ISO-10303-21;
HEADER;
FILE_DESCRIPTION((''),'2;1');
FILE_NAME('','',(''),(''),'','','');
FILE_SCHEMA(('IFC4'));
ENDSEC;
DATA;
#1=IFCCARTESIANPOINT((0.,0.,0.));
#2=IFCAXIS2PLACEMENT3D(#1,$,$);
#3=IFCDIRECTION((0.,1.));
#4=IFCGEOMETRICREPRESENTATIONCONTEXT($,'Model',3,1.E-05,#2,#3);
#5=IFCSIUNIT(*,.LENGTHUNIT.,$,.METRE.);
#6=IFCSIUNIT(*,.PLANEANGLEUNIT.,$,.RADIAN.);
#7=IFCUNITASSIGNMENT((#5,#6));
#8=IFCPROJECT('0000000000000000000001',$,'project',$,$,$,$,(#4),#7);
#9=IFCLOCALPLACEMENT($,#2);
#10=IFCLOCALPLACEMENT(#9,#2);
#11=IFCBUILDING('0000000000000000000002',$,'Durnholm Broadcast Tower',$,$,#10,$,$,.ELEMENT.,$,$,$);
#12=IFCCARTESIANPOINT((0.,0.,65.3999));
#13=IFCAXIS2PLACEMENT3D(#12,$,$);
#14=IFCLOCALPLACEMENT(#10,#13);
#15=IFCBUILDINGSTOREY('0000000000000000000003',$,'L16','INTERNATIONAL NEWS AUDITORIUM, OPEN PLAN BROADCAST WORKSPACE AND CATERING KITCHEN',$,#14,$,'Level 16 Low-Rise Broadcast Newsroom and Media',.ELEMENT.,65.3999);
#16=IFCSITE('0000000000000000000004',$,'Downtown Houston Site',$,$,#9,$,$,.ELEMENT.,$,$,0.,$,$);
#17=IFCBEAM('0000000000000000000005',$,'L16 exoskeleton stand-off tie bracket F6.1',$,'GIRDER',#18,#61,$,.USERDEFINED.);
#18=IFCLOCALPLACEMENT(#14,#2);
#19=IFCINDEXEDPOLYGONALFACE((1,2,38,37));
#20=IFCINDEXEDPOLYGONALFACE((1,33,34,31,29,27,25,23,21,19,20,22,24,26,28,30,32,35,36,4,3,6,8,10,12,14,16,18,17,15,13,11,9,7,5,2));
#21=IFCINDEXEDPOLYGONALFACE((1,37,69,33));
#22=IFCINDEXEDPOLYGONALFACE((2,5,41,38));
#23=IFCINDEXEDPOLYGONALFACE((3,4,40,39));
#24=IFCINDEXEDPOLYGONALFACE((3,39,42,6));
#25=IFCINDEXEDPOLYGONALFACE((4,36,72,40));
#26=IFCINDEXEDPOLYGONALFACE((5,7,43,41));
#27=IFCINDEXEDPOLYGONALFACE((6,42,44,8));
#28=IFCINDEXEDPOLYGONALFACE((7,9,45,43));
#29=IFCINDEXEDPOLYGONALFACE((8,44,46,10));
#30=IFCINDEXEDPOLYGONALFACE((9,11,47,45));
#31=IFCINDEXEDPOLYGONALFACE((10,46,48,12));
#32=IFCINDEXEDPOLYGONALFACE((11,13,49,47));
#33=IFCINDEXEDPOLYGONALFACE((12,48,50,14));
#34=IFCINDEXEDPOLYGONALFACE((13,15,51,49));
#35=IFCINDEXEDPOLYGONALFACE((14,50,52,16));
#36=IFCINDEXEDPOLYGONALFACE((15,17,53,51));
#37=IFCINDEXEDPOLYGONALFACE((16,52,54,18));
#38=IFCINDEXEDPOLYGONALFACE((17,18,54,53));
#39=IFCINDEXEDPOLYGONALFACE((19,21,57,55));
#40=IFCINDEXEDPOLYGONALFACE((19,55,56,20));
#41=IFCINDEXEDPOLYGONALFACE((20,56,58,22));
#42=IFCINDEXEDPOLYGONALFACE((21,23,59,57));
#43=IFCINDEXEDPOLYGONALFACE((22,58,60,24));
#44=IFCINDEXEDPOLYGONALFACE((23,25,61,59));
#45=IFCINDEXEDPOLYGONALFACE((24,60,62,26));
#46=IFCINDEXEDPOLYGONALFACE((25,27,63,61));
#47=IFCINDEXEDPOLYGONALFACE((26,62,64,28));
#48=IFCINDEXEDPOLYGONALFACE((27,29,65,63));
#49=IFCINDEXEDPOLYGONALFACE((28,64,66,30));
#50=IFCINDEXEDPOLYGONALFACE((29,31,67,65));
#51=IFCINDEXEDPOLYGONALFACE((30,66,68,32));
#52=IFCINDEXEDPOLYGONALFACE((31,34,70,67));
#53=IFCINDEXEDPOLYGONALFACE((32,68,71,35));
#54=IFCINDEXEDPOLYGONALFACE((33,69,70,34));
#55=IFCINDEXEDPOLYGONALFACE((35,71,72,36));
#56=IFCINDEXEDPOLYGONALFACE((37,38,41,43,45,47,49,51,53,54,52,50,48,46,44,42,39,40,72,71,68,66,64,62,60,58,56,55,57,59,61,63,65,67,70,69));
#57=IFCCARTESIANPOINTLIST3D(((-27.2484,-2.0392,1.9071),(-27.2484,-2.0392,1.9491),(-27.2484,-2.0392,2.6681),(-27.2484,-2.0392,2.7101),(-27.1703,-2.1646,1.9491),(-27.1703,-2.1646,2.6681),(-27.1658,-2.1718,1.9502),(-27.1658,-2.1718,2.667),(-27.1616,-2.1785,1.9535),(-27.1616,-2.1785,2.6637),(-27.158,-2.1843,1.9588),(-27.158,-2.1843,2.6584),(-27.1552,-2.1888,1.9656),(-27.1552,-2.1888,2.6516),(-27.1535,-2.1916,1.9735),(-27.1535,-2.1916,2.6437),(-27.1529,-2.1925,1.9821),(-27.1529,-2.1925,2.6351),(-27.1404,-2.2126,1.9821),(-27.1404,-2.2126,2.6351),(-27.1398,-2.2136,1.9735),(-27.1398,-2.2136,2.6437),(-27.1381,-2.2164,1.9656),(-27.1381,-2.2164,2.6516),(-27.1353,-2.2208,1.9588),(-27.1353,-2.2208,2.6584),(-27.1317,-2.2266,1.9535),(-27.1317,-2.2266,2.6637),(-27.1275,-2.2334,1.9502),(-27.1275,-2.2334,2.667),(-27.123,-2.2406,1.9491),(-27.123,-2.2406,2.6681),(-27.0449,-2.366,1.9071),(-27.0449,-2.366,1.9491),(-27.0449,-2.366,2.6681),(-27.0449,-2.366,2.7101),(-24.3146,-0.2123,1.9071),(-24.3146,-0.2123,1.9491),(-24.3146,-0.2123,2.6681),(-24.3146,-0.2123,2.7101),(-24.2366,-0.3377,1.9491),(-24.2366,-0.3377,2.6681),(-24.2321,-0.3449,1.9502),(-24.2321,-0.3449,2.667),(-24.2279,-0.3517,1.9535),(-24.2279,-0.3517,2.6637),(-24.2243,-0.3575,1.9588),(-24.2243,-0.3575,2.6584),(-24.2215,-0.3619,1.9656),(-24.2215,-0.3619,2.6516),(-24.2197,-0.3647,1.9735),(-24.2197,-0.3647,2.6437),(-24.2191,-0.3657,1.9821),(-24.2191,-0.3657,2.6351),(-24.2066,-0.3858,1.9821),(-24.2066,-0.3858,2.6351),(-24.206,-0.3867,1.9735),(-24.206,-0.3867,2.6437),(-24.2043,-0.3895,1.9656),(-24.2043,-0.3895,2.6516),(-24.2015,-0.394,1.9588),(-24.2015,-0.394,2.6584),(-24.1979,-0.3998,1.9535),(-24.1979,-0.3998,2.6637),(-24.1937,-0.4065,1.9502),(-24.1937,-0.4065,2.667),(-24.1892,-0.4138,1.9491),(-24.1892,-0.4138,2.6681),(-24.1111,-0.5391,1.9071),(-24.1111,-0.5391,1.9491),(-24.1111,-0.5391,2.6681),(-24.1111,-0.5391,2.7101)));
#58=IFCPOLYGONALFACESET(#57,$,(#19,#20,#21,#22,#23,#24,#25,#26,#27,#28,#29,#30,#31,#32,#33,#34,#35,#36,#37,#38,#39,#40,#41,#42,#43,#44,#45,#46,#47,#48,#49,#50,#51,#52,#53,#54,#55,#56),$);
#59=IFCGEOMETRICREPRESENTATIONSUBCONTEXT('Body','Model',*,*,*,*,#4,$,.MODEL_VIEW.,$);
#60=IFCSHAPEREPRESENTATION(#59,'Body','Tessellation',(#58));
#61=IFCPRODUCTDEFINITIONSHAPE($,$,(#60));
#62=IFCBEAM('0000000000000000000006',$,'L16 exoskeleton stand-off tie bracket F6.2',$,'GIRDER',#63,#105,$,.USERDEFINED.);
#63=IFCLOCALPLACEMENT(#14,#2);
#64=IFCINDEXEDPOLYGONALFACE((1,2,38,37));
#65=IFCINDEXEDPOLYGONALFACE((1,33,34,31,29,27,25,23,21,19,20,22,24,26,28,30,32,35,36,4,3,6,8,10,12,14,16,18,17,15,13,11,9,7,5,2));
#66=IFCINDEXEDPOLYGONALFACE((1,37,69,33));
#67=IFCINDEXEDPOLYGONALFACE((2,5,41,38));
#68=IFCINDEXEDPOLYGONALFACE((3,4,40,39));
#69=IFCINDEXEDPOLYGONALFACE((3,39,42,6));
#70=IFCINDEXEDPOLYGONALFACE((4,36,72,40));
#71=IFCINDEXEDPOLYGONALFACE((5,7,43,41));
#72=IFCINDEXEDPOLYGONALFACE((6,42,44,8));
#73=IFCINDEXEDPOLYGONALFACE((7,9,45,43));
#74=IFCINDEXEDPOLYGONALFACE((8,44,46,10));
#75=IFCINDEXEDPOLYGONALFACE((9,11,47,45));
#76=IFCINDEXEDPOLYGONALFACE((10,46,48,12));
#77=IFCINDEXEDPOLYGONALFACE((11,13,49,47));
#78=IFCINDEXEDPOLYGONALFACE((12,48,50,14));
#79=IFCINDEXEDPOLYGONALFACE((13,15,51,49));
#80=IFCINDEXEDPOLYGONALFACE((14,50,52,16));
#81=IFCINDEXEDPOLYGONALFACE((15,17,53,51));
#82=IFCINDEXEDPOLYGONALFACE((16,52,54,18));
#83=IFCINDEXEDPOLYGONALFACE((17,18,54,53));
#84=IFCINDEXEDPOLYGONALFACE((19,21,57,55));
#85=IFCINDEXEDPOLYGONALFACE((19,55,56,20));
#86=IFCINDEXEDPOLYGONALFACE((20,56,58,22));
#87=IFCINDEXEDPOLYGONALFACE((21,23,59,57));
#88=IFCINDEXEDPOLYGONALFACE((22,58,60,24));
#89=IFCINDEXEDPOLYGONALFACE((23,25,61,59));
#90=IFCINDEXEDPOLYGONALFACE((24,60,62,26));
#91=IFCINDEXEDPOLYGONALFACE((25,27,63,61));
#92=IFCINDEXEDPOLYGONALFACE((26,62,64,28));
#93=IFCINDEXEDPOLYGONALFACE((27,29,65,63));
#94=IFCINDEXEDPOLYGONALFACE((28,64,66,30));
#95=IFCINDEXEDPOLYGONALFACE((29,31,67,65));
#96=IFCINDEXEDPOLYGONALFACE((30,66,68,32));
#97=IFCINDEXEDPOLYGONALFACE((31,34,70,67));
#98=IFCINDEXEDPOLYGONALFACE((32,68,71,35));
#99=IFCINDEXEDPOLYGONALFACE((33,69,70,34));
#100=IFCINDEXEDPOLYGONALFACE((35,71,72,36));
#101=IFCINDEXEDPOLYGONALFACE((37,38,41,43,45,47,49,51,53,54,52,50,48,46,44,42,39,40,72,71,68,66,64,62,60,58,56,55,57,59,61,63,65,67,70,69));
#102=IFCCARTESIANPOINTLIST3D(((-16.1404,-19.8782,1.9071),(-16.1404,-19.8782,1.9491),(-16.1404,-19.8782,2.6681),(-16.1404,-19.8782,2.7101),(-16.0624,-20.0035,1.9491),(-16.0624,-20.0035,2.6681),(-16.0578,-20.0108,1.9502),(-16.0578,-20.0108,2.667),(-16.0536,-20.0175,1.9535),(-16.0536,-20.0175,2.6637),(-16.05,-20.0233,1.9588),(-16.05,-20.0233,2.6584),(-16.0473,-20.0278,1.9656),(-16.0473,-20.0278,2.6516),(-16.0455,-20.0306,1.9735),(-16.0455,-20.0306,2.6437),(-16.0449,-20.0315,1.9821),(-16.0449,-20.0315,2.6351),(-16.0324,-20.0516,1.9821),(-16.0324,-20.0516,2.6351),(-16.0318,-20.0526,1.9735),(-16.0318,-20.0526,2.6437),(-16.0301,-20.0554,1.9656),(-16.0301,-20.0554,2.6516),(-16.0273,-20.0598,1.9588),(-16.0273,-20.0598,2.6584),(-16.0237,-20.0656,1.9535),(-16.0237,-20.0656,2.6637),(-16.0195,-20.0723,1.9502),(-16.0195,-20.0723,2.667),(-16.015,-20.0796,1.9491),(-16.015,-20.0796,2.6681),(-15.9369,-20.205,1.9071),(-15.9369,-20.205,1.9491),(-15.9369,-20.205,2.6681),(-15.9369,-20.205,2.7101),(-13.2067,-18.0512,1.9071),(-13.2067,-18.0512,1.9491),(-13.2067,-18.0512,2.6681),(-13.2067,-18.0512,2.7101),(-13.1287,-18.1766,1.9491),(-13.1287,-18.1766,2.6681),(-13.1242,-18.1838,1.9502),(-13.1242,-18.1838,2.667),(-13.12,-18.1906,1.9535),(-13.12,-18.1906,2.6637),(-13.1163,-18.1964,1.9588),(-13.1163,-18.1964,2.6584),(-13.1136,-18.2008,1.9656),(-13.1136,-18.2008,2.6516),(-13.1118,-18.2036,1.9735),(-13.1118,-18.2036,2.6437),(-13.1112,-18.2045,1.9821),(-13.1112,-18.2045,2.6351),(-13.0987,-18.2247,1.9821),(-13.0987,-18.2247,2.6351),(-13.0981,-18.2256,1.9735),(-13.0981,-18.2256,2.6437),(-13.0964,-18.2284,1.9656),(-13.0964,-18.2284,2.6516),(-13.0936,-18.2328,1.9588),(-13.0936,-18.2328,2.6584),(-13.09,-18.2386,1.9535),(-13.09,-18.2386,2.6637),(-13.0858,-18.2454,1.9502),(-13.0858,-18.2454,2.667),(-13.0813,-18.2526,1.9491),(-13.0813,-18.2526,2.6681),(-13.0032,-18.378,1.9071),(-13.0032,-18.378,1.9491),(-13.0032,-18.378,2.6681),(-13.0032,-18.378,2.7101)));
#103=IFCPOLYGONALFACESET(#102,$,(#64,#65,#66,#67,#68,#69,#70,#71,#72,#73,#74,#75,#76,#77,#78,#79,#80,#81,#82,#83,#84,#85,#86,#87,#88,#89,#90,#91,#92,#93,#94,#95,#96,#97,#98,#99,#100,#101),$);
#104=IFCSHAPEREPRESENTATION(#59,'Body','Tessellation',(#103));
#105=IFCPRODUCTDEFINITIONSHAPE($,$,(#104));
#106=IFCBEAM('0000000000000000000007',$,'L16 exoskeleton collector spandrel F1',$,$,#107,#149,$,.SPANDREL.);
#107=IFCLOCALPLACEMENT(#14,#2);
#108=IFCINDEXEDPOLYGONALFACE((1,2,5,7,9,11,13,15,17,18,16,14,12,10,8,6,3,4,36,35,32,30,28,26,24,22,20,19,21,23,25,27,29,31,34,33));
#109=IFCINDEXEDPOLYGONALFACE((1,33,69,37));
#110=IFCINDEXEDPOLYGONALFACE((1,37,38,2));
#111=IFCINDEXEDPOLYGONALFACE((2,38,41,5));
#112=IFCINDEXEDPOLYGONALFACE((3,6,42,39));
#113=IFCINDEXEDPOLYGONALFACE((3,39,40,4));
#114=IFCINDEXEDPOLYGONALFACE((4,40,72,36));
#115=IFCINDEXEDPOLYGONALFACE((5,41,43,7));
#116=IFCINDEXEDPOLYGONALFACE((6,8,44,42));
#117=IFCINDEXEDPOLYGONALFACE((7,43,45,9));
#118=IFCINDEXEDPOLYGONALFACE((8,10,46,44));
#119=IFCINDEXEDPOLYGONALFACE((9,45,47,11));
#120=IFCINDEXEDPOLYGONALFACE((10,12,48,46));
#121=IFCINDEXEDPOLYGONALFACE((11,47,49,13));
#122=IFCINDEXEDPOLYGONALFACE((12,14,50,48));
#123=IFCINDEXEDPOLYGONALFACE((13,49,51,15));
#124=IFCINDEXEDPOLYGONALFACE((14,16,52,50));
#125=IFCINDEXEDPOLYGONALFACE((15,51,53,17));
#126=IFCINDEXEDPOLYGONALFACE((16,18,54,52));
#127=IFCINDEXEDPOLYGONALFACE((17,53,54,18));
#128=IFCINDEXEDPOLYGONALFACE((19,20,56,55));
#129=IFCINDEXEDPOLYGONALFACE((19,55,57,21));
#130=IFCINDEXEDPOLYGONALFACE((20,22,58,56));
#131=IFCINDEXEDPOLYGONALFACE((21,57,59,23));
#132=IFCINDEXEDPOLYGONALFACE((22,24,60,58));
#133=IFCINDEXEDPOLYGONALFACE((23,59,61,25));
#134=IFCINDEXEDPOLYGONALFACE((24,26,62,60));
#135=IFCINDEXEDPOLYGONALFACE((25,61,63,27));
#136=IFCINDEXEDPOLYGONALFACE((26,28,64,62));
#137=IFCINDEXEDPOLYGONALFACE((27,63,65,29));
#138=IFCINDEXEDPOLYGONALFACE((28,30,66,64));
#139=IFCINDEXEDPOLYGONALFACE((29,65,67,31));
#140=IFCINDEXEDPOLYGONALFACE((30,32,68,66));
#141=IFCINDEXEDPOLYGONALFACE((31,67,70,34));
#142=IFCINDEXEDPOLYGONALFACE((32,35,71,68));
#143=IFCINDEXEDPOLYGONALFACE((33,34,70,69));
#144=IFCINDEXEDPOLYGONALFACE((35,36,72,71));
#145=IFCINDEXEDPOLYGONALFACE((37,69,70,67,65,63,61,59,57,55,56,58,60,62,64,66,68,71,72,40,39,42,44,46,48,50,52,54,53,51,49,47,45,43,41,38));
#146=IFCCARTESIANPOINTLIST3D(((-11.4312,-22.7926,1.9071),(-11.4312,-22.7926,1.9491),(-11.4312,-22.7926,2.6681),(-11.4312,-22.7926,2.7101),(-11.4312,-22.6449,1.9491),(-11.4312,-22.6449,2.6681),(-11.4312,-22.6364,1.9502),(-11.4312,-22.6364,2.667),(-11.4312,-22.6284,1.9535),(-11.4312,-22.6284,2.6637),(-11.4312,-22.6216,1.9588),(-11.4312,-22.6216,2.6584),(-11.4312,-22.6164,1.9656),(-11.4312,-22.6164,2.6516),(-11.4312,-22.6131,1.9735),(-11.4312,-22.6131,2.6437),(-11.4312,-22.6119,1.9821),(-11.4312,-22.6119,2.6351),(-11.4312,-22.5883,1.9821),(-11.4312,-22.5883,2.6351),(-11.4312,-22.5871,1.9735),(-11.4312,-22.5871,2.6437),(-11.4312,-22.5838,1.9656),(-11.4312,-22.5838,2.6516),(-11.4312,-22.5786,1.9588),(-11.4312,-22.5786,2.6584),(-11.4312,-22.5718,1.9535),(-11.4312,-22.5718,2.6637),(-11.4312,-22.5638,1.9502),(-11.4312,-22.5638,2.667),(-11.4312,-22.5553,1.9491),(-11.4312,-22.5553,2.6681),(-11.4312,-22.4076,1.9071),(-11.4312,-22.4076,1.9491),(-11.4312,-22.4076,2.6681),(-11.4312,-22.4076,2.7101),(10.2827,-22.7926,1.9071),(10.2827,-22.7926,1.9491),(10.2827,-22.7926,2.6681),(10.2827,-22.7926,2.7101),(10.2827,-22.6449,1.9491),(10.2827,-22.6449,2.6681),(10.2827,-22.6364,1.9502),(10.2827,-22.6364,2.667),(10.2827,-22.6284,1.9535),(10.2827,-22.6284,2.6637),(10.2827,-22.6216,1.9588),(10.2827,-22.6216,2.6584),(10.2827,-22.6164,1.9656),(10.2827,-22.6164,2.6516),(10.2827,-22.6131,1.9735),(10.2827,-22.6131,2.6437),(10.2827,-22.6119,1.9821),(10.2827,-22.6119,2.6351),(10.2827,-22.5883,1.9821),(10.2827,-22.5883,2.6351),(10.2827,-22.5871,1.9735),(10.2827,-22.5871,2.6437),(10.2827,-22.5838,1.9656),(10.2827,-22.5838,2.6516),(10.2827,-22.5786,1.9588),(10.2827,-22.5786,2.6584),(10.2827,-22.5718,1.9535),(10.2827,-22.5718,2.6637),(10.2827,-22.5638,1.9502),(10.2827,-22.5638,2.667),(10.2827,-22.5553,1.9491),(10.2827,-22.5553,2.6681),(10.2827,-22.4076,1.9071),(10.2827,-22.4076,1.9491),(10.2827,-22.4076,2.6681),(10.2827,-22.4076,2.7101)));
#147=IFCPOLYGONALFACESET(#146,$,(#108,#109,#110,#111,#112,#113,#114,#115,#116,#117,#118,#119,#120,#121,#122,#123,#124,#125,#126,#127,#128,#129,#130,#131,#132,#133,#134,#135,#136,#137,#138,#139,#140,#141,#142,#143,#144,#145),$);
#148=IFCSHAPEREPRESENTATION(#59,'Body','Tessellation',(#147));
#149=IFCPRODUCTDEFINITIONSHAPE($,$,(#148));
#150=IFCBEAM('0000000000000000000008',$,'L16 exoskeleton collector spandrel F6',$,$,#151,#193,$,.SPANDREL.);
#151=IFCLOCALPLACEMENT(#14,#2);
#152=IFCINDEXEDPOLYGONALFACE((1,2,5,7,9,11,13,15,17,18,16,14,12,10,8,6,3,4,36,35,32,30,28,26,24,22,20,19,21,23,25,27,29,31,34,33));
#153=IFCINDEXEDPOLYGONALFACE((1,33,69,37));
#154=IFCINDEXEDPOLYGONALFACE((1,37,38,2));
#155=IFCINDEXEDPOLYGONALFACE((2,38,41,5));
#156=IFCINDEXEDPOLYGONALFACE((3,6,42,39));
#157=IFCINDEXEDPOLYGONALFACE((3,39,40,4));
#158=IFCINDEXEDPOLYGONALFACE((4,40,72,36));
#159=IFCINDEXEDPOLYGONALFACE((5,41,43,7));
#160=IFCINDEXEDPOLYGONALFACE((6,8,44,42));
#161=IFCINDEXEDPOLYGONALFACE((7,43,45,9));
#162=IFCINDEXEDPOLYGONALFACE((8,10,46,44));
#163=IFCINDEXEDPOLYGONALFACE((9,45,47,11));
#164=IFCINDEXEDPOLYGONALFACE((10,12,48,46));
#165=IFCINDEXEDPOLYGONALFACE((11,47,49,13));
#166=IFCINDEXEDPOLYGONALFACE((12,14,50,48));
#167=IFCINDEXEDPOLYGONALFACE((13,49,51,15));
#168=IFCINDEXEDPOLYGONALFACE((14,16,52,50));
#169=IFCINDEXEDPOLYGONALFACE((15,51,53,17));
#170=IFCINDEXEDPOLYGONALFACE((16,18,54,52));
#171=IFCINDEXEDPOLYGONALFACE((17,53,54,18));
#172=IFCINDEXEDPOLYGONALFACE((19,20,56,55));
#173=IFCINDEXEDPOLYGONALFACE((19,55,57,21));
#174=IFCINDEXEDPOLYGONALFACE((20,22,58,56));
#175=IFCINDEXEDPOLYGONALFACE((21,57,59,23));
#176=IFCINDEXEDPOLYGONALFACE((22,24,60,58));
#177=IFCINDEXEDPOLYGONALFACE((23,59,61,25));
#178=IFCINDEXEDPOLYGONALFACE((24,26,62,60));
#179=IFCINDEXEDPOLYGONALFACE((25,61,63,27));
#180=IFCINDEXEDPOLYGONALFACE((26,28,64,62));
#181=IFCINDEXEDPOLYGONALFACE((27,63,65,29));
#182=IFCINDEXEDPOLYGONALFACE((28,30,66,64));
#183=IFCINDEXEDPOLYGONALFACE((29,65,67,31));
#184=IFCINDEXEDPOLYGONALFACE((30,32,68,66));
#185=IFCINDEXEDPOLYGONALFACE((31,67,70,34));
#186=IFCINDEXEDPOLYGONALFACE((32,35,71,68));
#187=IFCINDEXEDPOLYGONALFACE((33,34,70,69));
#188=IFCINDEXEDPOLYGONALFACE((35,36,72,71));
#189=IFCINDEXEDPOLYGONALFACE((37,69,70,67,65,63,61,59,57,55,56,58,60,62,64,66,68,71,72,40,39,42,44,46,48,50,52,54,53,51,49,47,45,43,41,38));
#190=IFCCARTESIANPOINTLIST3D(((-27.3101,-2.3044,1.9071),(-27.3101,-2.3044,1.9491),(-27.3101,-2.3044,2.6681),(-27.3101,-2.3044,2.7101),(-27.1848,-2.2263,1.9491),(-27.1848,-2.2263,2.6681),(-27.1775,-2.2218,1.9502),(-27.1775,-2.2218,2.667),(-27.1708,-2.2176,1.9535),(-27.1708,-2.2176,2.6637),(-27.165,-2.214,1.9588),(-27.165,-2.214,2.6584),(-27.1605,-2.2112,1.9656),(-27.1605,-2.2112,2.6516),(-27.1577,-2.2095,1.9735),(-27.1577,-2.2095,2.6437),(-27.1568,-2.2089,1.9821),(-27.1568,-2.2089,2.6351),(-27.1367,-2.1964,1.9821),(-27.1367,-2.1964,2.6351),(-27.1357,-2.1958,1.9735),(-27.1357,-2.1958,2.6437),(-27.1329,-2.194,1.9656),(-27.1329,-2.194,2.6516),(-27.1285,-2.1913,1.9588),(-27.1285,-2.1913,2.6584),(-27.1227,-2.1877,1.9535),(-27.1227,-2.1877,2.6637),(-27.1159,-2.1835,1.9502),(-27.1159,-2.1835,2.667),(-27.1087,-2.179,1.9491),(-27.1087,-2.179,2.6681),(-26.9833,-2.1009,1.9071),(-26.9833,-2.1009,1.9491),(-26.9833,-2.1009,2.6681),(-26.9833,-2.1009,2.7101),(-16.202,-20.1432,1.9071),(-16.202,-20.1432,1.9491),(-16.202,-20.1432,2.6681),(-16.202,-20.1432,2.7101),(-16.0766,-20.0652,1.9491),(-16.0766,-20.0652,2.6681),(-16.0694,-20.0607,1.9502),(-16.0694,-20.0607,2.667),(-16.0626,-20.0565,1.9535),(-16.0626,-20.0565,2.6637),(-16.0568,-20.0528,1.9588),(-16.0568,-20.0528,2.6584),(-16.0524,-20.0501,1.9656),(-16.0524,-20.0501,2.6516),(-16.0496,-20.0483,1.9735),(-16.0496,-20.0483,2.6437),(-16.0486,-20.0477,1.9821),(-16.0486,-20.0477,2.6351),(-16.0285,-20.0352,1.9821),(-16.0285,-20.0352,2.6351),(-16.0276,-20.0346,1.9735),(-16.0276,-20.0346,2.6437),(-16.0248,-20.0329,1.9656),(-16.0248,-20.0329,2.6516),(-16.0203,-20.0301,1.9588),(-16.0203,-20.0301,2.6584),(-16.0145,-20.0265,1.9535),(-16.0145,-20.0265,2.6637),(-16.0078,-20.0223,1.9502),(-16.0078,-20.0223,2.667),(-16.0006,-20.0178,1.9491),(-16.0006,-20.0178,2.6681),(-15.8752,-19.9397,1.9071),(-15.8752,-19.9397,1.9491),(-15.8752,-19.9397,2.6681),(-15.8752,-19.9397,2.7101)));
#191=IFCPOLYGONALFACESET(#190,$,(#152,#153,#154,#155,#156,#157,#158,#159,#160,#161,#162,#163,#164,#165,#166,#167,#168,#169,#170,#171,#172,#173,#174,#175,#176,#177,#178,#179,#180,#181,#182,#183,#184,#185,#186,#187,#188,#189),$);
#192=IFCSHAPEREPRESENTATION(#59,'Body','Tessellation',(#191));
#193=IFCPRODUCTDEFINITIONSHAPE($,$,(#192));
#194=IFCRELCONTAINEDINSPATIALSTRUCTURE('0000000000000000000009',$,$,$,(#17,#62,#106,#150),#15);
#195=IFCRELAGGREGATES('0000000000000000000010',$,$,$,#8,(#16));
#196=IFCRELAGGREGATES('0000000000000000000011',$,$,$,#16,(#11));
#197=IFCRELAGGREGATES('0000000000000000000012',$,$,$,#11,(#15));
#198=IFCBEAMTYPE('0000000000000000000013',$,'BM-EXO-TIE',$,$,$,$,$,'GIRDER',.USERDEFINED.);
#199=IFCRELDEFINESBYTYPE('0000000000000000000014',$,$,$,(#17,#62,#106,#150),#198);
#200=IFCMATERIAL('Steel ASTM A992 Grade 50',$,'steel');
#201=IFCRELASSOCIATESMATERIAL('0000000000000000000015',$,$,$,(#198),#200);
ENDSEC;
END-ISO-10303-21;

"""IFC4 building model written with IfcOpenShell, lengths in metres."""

from ifc_helpers import new_model, si_unit, direction, frame, origin, origin_2d, place, context, subcontext, project, spatial, i_section, extrude, source, transform, mapped, material, material_profile, profile_set, type_object, type_shapes, element, save


model = new_model("IFC4")

# Units and contexts
model_context = context("Model", 3, precision=1e-05, world=origin(), true_north=direction((0.0, 1.0)))
body_context = subcontext(model_context, "Body", "Model", "MODEL_VIEW")
ifc_project = project(units=[si_unit("LENGTHUNIT", "METRE"), si_unit("PLANEANGLEUNIT", "RADIAN")], contexts=[model_context])

# Site, building, storey
site_placement = place(None, origin())
site = spatial("IfcSite", under=ifc_project, at=site_placement, Name="Downtown Houston Site", CompositionType="ELEMENT", RefElevation=0.0)
building_placement = place(site_placement, origin())
building = spatial("IfcBuilding", under=site, at=building_placement, Name="Durnholm Broadcast Tower", CompositionType="ELEMENT")
storey_placement = place(building_placement, frame((0.0, 0.0, 65.3999)))
storey = spatial("IfcBuildingStorey", under=building, at=storey_placement, Name="L16", Description="INTERNATIONAL NEWS AUDITORIUM, OPEN PLAN BROADCAST WORKSPACE AND CATERING KITCHEN", LongName="Level 16 Low-Rise Broadcast Newsroom and Media", CompositionType="ELEMENT", Elevation=65.3999)

# Beams
ifc_material_1 = material(Name="Steel ASTM A992 Grade 50", Category="steel")
ifc_material_profile_1 = material_profile(ifc_material_1, i_section(OverallWidth=0.385, OverallDepth=0.803, WebThickness=0.0237, FlangeThickness=0.042, FilletRadius=0.033, at=origin_2d()), Name="W30X261")
ifc_profile_set_1 = profile_set([ifc_material_profile_1], Name="Steel ASTM A992 Grade 50")
beam_type_1 = type_object("IfcBeamType", Name="BM-EXO-TIE", ElementType="GIRDER", PredefinedType="USERDEFINED", material=ifc_profile_set_1)
shared_shape_1 = source(origin(), body_context, "Body", "SweptSolid", [
    extrude(i_section(OverallWidth=0.385, OverallDepth=0.803, WebThickness=0.0237, FlangeThickness=0.042, FilletRadius=0.033, at=origin_2d()), origin(), (0.0, 0.0, 1.0), 3.4561),
])
for number, where, z_axis, x_axis, name in (
    (1, (-24.2129, -0.3757, 2.3086), (-0.848874, -0.528595, 0.0), (0.528595, -0.848874, 0.0), "L16 exoskeleton stand-off tie bracket F6.1"),
    (2, (-13.105, -18.2146, 2.3086), (-0.848854, -0.528627, 0.0), (0.528627, -0.848854, 0.0), "L16 exoskeleton stand-off tie bracket F6.2"),
):
    element("IfcBeam", number, at=place(storey_placement, frame(where, z_axis=z_axis, x_axis=x_axis)), inside=storey, type_object=beam_type_1, Name=name, ObjectType="GIRDER", PredefinedType="USERDEFINED", context=body_context, shape_type="MappedRepresentation", body=[
        mapped(shared_shape_1, transform((0.0, 0.0, 0.0), x_axis=(1.0, 0.0, 0.0), y_axis=(0.0, 1.0, 0.0), z_axis=(0.0, 0.0, 1.0), scale=1.0)),
    ])
shared_shape_2 = source(origin(), body_context, "Body", "SweptSolid", [
    extrude(i_section(OverallWidth=0.385, OverallDepth=0.803, WebThickness=0.0237, FlangeThickness=0.042, FilletRadius=0.033, at=origin_2d()), origin(), (0.0, 0.0, 1.0), 21.7139),
])
beam_1_placement = place(storey_placement, frame((-11.4312, -22.6001, 2.3086), z_axis=(1.0, 0.0, 0.0), x_axis=(0.0, 1.0, 0.0)))
element("IfcBeam", 3, at=beam_1_placement, inside=storey, type_object=beam_type_1, Name="L16 exoskeleton collector spandrel F1", PredefinedType="SPANDREL", context=body_context, shape_type="MappedRepresentation", body=[
    mapped(shared_shape_2, transform((0.0, 0.0, 0.0), x_axis=(1.0, 0.0, 0.0), y_axis=(0.0, 1.0, 0.0), z_axis=(0.0, 0.0, 1.0), scale=1.0)),
])
shared_shape_3 = source(origin(), body_context, "Body", "SweptSolid", [
    extrude(i_section(OverallWidth=0.385, OverallDepth=0.803, WebThickness=0.0237, FlangeThickness=0.042, FilletRadius=0.033, at=origin_2d()), origin(), (0.0, 0.0, 1.0), 21.0146),
])
type_shapes(beam_type_1, [shared_shape_1, shared_shape_2, shared_shape_3])
beam_2_placement = place(storey_placement, frame((-27.1467, -2.2026, 2.3086), z_axis=(0.528591, -0.848877, 0.0), x_axis=(0.848877, 0.528591, 0.0)))
element("IfcBeam", 4, at=beam_2_placement, inside=storey, type_object=beam_type_1, Name="L16 exoskeleton collector spandrel F6", PredefinedType="SPANDREL", context=body_context, shape_type="MappedRepresentation", body=[
    mapped(shared_shape_3, transform((0.0, 0.0, 0.0), x_axis=(1.0, 0.0, 0.0), y_axis=(0.0, 1.0, 0.0), z_axis=(0.0, 0.0, 1.0), scale=1.0)),
])

save(model, "model.ifc")
